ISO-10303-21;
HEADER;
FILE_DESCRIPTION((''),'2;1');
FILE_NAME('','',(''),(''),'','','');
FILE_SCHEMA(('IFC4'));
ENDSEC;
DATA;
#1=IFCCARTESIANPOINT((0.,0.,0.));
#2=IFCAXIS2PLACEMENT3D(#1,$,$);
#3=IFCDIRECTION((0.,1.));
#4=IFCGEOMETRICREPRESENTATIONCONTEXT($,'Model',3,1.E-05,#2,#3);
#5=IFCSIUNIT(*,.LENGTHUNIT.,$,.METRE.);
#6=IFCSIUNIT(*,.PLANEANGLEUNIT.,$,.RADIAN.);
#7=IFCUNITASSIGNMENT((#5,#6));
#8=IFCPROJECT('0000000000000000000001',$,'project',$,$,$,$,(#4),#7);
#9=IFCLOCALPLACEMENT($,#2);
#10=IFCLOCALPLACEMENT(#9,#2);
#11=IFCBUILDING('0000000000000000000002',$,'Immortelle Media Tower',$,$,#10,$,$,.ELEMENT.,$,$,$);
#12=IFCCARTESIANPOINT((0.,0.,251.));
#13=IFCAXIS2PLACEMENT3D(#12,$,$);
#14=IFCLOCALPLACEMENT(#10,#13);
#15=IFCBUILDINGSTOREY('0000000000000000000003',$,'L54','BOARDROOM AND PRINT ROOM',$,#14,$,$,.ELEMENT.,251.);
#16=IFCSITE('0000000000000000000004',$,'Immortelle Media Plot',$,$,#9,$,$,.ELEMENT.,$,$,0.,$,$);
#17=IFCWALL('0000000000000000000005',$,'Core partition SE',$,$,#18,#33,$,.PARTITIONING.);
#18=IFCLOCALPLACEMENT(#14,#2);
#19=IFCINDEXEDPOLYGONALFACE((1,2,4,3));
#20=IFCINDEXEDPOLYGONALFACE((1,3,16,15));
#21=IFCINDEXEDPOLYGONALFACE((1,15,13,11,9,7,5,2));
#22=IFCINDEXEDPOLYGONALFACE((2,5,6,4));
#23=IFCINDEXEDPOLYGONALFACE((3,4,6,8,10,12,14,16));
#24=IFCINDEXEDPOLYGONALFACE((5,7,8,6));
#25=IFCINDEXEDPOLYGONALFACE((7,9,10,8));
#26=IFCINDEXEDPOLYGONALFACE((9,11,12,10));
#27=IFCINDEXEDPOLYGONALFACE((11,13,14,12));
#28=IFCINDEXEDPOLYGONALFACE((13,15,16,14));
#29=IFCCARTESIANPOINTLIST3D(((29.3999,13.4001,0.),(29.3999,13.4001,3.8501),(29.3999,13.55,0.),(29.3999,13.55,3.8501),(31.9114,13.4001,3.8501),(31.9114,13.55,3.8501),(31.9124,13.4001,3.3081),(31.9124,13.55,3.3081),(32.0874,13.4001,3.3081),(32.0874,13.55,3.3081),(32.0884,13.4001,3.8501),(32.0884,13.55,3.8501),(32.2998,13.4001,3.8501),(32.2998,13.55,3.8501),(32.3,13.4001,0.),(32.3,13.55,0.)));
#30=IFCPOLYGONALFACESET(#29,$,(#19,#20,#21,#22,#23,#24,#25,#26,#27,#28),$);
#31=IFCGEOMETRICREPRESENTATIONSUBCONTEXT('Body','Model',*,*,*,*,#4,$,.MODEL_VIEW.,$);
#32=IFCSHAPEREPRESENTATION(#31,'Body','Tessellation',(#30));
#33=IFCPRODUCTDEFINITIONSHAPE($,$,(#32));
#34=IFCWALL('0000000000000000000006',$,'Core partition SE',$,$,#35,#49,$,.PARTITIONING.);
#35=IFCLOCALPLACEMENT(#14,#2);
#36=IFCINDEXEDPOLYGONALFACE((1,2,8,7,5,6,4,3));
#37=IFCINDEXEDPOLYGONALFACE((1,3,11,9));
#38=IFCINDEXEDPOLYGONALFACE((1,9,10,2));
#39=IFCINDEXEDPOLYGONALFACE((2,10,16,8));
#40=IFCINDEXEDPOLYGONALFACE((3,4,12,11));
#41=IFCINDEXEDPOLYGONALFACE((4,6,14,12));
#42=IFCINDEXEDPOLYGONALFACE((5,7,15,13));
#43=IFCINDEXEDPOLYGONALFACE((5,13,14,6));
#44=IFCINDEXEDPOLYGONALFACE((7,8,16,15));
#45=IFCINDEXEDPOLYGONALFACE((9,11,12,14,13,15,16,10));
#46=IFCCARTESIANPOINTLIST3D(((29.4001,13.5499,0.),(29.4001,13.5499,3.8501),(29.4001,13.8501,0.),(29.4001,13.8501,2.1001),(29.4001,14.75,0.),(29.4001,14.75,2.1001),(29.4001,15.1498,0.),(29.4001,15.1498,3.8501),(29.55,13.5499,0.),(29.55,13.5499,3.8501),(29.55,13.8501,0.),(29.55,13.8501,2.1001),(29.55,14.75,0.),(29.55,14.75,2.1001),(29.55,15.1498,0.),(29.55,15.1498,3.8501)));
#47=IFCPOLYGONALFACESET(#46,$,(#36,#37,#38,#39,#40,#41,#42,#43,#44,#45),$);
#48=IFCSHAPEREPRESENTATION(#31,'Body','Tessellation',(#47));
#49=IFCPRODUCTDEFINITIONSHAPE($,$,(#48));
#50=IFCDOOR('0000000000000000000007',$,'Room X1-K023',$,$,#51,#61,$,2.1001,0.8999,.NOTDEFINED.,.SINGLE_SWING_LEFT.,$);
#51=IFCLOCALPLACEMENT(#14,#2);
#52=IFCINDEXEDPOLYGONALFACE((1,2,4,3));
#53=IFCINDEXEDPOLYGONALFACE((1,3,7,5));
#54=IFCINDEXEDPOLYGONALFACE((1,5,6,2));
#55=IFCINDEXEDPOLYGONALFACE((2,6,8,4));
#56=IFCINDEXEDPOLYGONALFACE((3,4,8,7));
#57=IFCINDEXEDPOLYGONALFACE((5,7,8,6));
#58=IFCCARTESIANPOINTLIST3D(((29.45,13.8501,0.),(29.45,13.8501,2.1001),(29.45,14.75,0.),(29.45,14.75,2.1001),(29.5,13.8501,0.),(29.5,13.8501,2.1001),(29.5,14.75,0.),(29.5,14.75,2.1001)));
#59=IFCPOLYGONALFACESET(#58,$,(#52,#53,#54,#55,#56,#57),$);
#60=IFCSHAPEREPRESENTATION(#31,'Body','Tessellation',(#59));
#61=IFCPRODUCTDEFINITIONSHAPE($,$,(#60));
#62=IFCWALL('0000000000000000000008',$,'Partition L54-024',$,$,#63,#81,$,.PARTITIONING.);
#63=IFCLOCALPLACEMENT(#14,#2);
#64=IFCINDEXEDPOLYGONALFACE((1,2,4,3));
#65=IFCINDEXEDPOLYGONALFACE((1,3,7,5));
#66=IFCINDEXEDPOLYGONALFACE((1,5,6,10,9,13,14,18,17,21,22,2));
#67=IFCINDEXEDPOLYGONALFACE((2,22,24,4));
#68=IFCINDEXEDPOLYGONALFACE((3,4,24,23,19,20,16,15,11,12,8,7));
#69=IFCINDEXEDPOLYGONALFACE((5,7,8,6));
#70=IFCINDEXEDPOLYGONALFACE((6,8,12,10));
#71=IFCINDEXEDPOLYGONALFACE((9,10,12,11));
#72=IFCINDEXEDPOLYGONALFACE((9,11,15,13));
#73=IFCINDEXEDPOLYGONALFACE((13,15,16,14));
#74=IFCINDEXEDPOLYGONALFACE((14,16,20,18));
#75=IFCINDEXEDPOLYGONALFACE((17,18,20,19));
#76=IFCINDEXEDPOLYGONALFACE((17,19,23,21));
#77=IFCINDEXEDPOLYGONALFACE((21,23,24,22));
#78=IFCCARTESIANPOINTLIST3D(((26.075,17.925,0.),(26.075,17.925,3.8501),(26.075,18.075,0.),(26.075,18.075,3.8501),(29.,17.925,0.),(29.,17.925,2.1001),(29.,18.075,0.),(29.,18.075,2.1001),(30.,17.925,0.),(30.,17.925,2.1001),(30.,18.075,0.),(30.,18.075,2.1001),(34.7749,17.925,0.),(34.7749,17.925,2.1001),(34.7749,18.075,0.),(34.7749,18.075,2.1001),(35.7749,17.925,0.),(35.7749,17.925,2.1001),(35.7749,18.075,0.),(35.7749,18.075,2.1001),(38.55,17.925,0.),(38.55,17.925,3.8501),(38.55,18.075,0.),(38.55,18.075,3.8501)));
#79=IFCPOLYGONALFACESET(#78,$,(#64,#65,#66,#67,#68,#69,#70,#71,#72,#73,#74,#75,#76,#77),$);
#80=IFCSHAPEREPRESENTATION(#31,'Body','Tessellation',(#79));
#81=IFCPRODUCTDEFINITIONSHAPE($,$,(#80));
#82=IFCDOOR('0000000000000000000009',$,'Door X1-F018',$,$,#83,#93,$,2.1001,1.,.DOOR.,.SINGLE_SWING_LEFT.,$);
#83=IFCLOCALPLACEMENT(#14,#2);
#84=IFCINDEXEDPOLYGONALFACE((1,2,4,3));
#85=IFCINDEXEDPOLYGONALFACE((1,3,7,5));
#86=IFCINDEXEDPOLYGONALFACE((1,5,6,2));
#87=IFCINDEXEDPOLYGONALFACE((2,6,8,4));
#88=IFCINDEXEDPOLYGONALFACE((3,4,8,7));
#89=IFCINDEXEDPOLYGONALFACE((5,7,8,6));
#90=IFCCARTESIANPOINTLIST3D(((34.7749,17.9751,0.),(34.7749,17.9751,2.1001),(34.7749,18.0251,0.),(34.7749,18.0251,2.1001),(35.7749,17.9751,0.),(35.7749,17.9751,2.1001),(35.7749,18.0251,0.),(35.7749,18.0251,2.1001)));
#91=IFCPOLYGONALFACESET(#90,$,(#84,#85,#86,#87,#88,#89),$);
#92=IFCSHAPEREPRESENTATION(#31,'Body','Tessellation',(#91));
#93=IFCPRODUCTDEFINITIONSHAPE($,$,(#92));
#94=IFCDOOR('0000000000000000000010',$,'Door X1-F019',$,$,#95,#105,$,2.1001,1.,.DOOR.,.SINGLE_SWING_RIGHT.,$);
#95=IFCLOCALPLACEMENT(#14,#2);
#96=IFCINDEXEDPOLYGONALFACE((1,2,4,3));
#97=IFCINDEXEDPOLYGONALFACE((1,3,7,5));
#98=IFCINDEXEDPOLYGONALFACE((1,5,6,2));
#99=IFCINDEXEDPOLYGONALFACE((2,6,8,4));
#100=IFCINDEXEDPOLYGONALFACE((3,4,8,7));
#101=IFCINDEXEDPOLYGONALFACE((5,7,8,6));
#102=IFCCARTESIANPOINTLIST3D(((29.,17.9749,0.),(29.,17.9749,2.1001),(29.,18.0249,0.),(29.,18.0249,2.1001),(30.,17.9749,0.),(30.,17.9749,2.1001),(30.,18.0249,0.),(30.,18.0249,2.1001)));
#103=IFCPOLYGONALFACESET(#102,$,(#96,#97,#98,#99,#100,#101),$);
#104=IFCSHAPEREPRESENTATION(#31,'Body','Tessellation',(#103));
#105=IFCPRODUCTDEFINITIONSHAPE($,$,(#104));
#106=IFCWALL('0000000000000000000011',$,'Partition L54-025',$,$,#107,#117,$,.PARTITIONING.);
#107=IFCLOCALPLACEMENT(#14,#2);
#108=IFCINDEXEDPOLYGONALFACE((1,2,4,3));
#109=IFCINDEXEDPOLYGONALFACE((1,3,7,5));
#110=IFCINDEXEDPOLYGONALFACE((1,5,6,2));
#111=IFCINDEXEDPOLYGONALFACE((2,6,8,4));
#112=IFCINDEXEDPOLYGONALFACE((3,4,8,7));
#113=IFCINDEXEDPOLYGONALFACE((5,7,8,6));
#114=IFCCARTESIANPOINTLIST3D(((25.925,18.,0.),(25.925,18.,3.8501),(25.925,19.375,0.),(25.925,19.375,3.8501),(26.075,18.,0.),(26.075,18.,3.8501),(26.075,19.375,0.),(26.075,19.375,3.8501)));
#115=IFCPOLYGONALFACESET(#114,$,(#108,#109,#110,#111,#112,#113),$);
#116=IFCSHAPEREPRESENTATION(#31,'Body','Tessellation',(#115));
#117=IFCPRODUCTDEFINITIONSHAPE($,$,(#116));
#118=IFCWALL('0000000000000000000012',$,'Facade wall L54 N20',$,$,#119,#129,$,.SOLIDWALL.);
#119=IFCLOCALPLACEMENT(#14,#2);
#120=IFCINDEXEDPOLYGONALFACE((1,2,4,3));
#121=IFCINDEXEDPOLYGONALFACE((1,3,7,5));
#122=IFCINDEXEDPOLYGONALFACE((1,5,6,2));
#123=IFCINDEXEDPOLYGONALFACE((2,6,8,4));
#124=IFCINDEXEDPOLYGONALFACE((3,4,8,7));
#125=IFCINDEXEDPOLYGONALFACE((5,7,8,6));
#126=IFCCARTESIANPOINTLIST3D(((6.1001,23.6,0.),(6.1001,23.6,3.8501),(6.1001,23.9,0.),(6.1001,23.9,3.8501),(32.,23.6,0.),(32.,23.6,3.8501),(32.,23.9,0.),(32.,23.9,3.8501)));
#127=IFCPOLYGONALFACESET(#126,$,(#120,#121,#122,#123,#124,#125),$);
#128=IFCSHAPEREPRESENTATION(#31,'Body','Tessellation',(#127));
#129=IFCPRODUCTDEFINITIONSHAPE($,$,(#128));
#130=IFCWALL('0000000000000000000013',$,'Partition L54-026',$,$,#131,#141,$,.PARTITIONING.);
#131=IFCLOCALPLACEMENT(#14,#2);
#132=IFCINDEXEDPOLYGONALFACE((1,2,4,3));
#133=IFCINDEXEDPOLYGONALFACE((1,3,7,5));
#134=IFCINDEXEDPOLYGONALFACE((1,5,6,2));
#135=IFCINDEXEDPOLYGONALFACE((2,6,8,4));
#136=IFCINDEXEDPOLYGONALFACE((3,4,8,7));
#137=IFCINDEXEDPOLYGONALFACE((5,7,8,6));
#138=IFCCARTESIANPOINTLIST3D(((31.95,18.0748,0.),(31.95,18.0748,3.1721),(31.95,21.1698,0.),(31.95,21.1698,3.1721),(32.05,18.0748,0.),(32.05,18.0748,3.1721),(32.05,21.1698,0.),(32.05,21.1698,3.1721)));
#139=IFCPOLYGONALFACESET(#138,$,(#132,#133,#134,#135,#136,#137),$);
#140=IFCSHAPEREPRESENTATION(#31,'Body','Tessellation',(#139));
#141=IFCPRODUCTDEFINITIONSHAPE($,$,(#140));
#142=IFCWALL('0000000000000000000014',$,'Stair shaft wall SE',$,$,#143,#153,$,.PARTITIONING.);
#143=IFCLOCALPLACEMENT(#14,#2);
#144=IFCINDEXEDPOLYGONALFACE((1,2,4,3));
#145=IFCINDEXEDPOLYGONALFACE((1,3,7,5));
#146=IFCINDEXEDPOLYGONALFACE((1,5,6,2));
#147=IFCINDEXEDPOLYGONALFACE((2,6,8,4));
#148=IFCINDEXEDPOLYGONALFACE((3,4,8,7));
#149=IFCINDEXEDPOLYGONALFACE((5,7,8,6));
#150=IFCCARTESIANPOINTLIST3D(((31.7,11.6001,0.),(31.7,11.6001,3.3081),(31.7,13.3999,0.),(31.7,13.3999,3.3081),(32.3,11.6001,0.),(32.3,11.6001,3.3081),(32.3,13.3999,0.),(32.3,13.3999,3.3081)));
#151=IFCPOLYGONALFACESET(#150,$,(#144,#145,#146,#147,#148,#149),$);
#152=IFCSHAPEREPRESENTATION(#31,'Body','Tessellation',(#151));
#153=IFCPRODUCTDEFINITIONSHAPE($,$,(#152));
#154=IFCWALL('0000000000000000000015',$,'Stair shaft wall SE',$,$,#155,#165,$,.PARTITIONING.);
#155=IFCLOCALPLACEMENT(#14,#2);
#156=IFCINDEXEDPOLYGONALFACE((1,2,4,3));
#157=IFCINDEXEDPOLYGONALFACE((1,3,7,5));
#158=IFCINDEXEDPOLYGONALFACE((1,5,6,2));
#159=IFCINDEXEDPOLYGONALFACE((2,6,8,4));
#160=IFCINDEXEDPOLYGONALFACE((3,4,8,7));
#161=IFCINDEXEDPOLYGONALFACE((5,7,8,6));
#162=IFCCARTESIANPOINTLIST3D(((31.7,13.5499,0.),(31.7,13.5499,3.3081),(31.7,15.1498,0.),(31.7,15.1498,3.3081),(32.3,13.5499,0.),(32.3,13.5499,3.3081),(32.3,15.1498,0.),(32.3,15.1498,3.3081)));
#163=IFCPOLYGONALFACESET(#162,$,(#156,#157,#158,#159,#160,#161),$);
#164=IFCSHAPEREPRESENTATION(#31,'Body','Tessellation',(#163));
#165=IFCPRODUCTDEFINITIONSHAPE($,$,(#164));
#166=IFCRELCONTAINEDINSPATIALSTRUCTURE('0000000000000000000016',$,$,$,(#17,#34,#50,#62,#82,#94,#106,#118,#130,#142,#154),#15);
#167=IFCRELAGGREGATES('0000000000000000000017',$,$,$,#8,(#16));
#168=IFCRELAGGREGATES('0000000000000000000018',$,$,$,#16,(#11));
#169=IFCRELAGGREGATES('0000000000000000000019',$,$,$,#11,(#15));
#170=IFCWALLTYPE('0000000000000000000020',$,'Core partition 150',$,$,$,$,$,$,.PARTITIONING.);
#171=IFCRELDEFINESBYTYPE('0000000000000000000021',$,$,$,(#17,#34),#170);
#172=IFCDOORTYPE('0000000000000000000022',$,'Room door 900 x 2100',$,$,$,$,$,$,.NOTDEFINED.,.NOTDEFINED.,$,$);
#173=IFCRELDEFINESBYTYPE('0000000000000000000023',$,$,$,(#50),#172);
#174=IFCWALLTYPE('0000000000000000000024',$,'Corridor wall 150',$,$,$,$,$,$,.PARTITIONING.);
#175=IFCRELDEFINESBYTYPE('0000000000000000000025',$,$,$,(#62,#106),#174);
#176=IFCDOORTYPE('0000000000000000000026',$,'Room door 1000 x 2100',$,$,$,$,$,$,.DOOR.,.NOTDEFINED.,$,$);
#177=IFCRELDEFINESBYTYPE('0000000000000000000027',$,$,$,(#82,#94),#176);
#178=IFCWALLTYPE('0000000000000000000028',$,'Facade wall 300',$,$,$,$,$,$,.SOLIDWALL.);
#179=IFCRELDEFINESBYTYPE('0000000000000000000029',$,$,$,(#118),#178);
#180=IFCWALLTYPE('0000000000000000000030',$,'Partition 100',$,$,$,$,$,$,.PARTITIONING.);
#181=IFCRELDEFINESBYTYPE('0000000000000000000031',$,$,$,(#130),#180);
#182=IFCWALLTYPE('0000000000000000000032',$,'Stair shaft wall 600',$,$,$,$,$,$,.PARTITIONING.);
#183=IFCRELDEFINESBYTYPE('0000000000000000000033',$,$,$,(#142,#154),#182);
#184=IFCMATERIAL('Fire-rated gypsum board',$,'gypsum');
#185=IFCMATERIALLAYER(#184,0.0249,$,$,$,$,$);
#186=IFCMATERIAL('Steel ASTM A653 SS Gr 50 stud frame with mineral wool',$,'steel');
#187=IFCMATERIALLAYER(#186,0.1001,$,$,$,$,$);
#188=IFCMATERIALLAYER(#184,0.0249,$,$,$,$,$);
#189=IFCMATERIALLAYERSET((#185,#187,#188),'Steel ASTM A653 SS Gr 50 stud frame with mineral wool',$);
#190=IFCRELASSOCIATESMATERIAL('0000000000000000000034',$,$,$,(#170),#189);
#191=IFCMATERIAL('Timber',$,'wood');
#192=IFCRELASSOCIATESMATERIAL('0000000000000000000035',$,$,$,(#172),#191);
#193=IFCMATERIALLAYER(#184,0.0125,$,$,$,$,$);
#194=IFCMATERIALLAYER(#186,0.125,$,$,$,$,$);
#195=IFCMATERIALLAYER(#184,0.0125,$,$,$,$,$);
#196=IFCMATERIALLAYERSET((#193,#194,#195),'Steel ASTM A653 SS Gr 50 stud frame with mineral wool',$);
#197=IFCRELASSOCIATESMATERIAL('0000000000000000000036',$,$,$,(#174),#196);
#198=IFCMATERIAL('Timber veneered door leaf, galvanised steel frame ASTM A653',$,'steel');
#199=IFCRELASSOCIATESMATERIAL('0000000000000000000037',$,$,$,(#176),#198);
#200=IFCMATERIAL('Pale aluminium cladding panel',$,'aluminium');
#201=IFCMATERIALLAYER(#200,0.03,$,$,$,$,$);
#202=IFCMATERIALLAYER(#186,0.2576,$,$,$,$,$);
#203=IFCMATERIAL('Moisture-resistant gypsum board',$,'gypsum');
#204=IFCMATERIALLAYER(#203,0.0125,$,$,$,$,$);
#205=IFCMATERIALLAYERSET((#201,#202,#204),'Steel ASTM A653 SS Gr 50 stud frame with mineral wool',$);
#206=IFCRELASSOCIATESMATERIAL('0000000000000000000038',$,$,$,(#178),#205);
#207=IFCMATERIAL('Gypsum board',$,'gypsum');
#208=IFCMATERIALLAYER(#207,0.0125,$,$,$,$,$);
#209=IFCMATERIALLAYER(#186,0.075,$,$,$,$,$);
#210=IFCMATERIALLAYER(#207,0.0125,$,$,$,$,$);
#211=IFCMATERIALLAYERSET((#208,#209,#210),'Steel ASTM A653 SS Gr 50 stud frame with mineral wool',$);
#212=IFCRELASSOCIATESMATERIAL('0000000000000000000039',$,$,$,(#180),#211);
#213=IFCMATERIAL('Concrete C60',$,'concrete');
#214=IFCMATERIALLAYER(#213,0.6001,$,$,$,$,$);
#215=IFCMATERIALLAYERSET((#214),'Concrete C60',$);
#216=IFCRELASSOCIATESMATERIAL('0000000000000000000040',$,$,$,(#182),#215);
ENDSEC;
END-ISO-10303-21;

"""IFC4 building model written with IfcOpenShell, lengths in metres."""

from ifc_helpers import new_model, si_unit, direction, frame, frame_2d, origin, place, context, subcontext, project, spatial, polyline, rectangle, outline, extrude, material, layer, layer_set, type_object, element, fill, save


model = new_model("IFC4")

# Units and contexts
model_context = context("Model", 3, precision=1e-05, world=origin(), true_north=direction((0.0, 1.0)))
body_context = subcontext(model_context, "Body", "Model", "MODEL_VIEW")
ifc_project = project(units=[si_unit("LENGTHUNIT", "METRE"), si_unit("PLANEANGLEUNIT", "RADIAN")], contexts=[model_context])

# Site, building, storey
site_placement = place(None, origin())
site = spatial("IfcSite", under=ifc_project, at=site_placement, Name="Immortelle Media Plot", CompositionType="ELEMENT", RefElevation=0.0)
building_placement = place(site_placement, origin())
building = spatial("IfcBuilding", under=site, at=building_placement, Name="Immortelle Media Tower", CompositionType="ELEMENT")
storey_placement = place(building_placement, frame((0.0, 0.0, 251.0)))
storey = spatial("IfcBuildingStorey", under=building, at=storey_placement, Name="L54", Description="BOARDROOM AND PRINT ROOM", CompositionType="ELEMENT", Elevation=251.0)

# Shared definitions
ifc_material_1 = material(Name="Fire-rated gypsum board", Category="gypsum")
ifc_layer_1 = layer(ifc_material_1, 0.0249)
ifc_material_2 = material(Name="Steel ASTM A653 SS Gr 50 stud frame with mineral wool", Category="steel")
ifc_layer_2 = layer(ifc_material_2, 0.1001)
ifc_layer_3 = layer(ifc_material_1, 0.0249)
ifc_layer_set_1 = layer_set([ifc_layer_1, ifc_layer_2, ifc_layer_3], Name="Steel ASTM A653 SS Gr 50 stud frame with mineral wool")
wall_type_1 = type_object("IfcWallType", Name="Core partition 150", PredefinedType="PARTITIONING", material=ifc_layer_set_1)

# Wall
wall_1_placement = place(storey_placement, frame((29.3999, 13.4751, 0.0), z_axis=(0.0, 0.0, 1.0), x_axis=(1.0, 0.0, 0.0)))
element("IfcWall", 1, at=wall_1_placement, inside=storey, type_object=wall_type_1, Name="Core partition SE", PredefinedType="PARTITIONING", context=body_context, shape_type="SweptSolid", body=[
    extrude(outline(polyline([(0.0, 0.0), (2.9001, 0.0), (2.8999, 3.8501), (2.6885, 3.8501), (2.6875, 3.3081), (2.5125, 3.3081), (2.5115, 3.8501), (0.0, 3.8501), (0.0, 0.0)])), frame((0.0, 0.075, 0.0), z_axis=(0.0, -1.0, 0.0), x_axis=(1.0, 0.0, 0.0)), (0.0, 0.0, 1.0), 0.1499),
])

# Wall, opening, door
wall_2_placement = place(storey_placement, frame((29.4751, 13.55, 0.0), z_axis=(0.0, 0.0, 1.0), x_axis=(0.0, 1.0, 0.0)))
wall_2 = element("IfcWall", 2, at=wall_2_placement, inside=storey, type_object=wall_type_1, Name="Core partition SE", PredefinedType="PARTITIONING", context=body_context, shape_type="SweptSolid", body=[
    extrude(rectangle(XDim=1.5999, YDim=0.1499, at=frame_2d((0.7998, 0.0))), origin(), (0.0, 0.0, 1.0), 3.8501),
])
opening_1_placement = place(wall_2_placement, frame((1.2, 0.0, 0.0), z_axis=(0.0, 0.0, 1.0), x_axis=(-1.0, 0.0, 0.0)))
opening_1 = element("IfcOpeningElement", 3, at=opening_1_placement, cuts=wall_2, PredefinedType="OPENING", context=body_context, shape_type="SweptSolid", body=[
    extrude(rectangle(XDim=0.8999, YDim=2.1001, at=frame_2d((0.45, 1.05))), frame((0.0, 0.085, 0.0), z_axis=(0.0, -1.0, 0.0), x_axis=(1.0, 0.0, 0.0)), (0.0, 0.0, 1.0), 0.1699),
])
ifc_material_3 = material(Name="Timber", Category="wood")
door_type_1 = type_object("IfcDoorType", Name="Room door 900 x 2100", OperationType="NOTDEFINED", PredefinedType="NOTDEFINED", material=ifc_material_3)
door_1_placement = place(opening_1_placement, origin())
door_1 = element("IfcDoor", 4, at=door_1_placement, inside=storey, type_object=door_type_1, Name="Room X1-K023", OperationType="SINGLE_SWING_LEFT", OverallHeight=2.1001, OverallWidth=0.8999, PredefinedType="NOTDEFINED", context=body_context, shape_type="SweptSolid", body=[
    extrude(rectangle(XDim=0.8999, YDim=2.1001, at=frame_2d((0.45, 1.05))), frame((0.0, 0.0249, 0.0), z_axis=(0.0, -1.0, 0.0), x_axis=(1.0, 0.0, 0.0)), (0.0, 0.0, 1.0), 0.05),
])
fill(opening_1, door_1)

# Wall, openings, doors
ifc_layer_4 = layer(ifc_material_1, 0.0125)
ifc_layer_5 = layer(ifc_material_2, 0.125)
ifc_layer_6 = layer(ifc_material_1, 0.0125)
ifc_layer_set_2 = layer_set([ifc_layer_4, ifc_layer_5, ifc_layer_6], Name="Steel ASTM A653 SS Gr 50 stud frame with mineral wool")
wall_type_2 = type_object("IfcWallType", Name="Corridor wall 150", PredefinedType="PARTITIONING", material=ifc_layer_set_2)
wall_3_placement = place(storey_placement, frame((26.075, 18.0, 0.0), z_axis=(0.0, 0.0, 1.0), x_axis=(1.0, 0.0, 0.0)))
wall_3 = element("IfcWall", 5, at=wall_3_placement, inside=storey, type_object=wall_type_2, Name="Partition L54-024", PredefinedType="PARTITIONING", context=body_context, shape_type="SweptSolid", body=[
    extrude(rectangle(XDim=12.4751, YDim=0.1499, at=frame_2d((6.2375, 0.0))), origin(), (0.0, 0.0, 1.0), 3.8501),
])
opening_2_placement = place(wall_3_placement, frame((9.7, 0.0, 0.0), z_axis=(0.0, 0.0, 1.0), x_axis=(-1.0, 0.0, 0.0)))
opening_2 = element("IfcOpeningElement", 6, at=opening_2_placement, cuts=wall_3, PredefinedType="OPENING", context=body_context, shape_type="SweptSolid", body=[
    extrude(rectangle(XDim=1.0, YDim=2.1001, at=frame_2d((0.5, 1.05))), frame((0.0, 0.085, 0.0), z_axis=(0.0, -1.0, 0.0), x_axis=(1.0, 0.0, 0.0)), (0.0, 0.0, 1.0), 0.1699),
])
opening_3_placement = place(wall_3_placement, frame((2.925, 0.0, 0.0)))
opening_3 = element("IfcOpeningElement", 7, at=opening_3_placement, cuts=wall_3, PredefinedType="OPENING", context=body_context, shape_type="SweptSolid", body=[
    extrude(rectangle(XDim=1.0, YDim=2.1001, at=frame_2d((0.5, 1.05))), frame((0.0, 0.085, 0.0), z_axis=(0.0, -1.0, 0.0), x_axis=(1.0, 0.0, 0.0)), (0.0, 0.0, 1.0), 0.1699),
])
ifc_material_4 = material(Name="Timber veneered door leaf, galvanised steel frame ASTM A653", Category="steel")
door_type_2 = type_object("IfcDoorType", Name="Room door 1000 x 2100", OperationType="NOTDEFINED", PredefinedType="DOOR", material=ifc_material_4)
door_2_placement = place(opening_2_placement, origin())
door_2 = element("IfcDoor", 8, at=door_2_placement, inside=storey, type_object=door_type_2, Name="Door X1-F018", OperationType="SINGLE_SWING_LEFT", OverallHeight=2.1001, OverallWidth=1.0, PredefinedType="DOOR", context=body_context, shape_type="SweptSolid", body=[
    extrude(rectangle(XDim=1.0, YDim=2.1001, at=frame_2d((0.5, 1.05))), frame((0.0, 0.0249, 0.0), z_axis=(0.0, -1.0, 0.0), x_axis=(1.0, 0.0, 0.0)), (0.0, 0.0, 1.0), 0.05),
])
fill(opening_2, door_2)
door_3_placement = place(opening_3_placement, origin())
door_3 = element("IfcDoor", 9, at=door_3_placement, inside=storey, type_object=door_type_2, Name="Door X1-F019", OperationType="SINGLE_SWING_RIGHT", OverallHeight=2.1001, OverallWidth=1.0, PredefinedType="DOOR", context=body_context, shape_type="SweptSolid", body=[
    extrude(rectangle(XDim=1.0, YDim=2.1001, at=frame_2d((0.5, 1.05))), frame((0.0, 0.0249, 0.0), z_axis=(0.0, -1.0, 0.0), x_axis=(1.0, 0.0, 0.0)), (0.0, 0.0, 1.0), 0.05),
])
fill(opening_3, door_3)

# Walls
wall_4_placement = place(storey_placement, frame((26.0, 18.0, 0.0), z_axis=(0.0, 0.0, 1.0), x_axis=(0.0, 1.0, 0.0)))
element("IfcWall", 10, at=wall_4_placement, inside=storey, type_object=wall_type_2, Name="Partition L54-025", PredefinedType="PARTITIONING", context=body_context, shape_type="SweptSolid", body=[
    extrude(rectangle(XDim=1.375, YDim=0.1499, at=frame_2d((0.6875, 0.0))), origin(), (0.0, 0.0, 1.0), 3.8501),
])
ifc_material_5 = material(Name="Pale aluminium cladding panel", Category="aluminium")
ifc_layer_7 = layer(ifc_material_5, 0.03)
ifc_layer_8 = layer(ifc_material_2, 0.2576)
ifc_material_6 = material(Name="Moisture-resistant gypsum board", Category="gypsum")
ifc_layer_9 = layer(ifc_material_6, 0.0125)
ifc_layer_set_3 = layer_set([ifc_layer_7, ifc_layer_8, ifc_layer_9], Name="Steel ASTM A653 SS Gr 50 stud frame with mineral wool")
wall_type_3 = type_object("IfcWallType", Name="Facade wall 300", PredefinedType="SOLIDWALL", material=ifc_layer_set_3)
wall_5_placement = place(storey_placement, frame((32.0, 23.75, 0.0), z_axis=(0.0, 0.0, 1.0), x_axis=(-1.0, 0.0, 0.0)))
element("IfcWall", 11, at=wall_5_placement, inside=storey, type_object=wall_type_3, Name="Facade wall L54 N20", PredefinedType="SOLIDWALL", context=body_context, shape_type="SweptSolid", body=[
    extrude(rectangle(XDim=25.8999, YDim=0.3, at=frame_2d((12.95, 0.0))), origin(), (0.0, 0.0, 1.0), 3.8501),
])
ifc_material_7 = material(Name="Gypsum board", Category="gypsum")
ifc_layer_10 = layer(ifc_material_7, 0.0125)
ifc_layer_11 = layer(ifc_material_2, 0.075)
ifc_layer_12 = layer(ifc_material_7, 0.0125)
ifc_layer_set_4 = layer_set([ifc_layer_10, ifc_layer_11, ifc_layer_12], Name="Steel ASTM A653 SS Gr 50 stud frame with mineral wool")
wall_type_4 = type_object("IfcWallType", Name="Partition 100", PredefinedType="PARTITIONING", material=ifc_layer_set_4)
wall_6_placement = place(storey_placement, frame((32.0, 18.075, 0.0), z_axis=(0.0, 0.0, 1.0), x_axis=(0.0, 1.0, 0.0)))
element("IfcWall", 12, at=wall_6_placement, inside=storey, type_object=wall_type_4, Name="Partition L54-026", PredefinedType="PARTITIONING", context=body_context, shape_type="SweptSolid", body=[
    extrude(rectangle(XDim=3.095, YDim=0.1001, at=frame_2d((1.5474, 0.0))), origin(), (0.0, 0.0, 1.0), 3.1721),
])
ifc_material_8 = material(Name="Concrete C60", Category="concrete")
ifc_layer_13 = layer(ifc_material_8, 0.6001)
ifc_layer_set_5 = layer_set([ifc_layer_13], Name="Concrete C60")
wall_type_5 = type_object("IfcWallType", Name="Stair shaft wall 600", PredefinedType="PARTITIONING", material=ifc_layer_set_5)
wall_7_placement = place(storey_placement, frame((32.0, 11.6001, 0.0), z_axis=(0.0, 0.0, 1.0), x_axis=(0.0, 1.0, 0.0)))
element("IfcWall", 13, at=wall_7_placement, inside=storey, type_object=wall_type_5, Name="Stair shaft wall SE", PredefinedType="PARTITIONING", context=body_context, shape_type="SweptSolid", body=[
    extrude(rectangle(XDim=1.7998, YDim=0.6001, at=frame_2d((0.8999, 0.0))), origin(), (0.0, 0.0, 1.0), 3.3081),
])
wall_8_placement = place(storey_placement, frame((32.0, 13.55, 0.0), z_axis=(0.0, 0.0, 1.0), x_axis=(0.0, 1.0, 0.0)))
element("IfcWall", 14, at=wall_8_placement, inside=storey, type_object=wall_type_5, Name="Stair shaft wall SE", PredefinedType="PARTITIONING", context=body_context, shape_type="SweptSolid", body=[
    extrude(rectangle(XDim=1.5999, YDim=0.6001, at=frame_2d((0.7998, 0.0))), origin(), (0.0, 0.0, 1.0), 3.3081),
])

save(model, "model.ifc")
